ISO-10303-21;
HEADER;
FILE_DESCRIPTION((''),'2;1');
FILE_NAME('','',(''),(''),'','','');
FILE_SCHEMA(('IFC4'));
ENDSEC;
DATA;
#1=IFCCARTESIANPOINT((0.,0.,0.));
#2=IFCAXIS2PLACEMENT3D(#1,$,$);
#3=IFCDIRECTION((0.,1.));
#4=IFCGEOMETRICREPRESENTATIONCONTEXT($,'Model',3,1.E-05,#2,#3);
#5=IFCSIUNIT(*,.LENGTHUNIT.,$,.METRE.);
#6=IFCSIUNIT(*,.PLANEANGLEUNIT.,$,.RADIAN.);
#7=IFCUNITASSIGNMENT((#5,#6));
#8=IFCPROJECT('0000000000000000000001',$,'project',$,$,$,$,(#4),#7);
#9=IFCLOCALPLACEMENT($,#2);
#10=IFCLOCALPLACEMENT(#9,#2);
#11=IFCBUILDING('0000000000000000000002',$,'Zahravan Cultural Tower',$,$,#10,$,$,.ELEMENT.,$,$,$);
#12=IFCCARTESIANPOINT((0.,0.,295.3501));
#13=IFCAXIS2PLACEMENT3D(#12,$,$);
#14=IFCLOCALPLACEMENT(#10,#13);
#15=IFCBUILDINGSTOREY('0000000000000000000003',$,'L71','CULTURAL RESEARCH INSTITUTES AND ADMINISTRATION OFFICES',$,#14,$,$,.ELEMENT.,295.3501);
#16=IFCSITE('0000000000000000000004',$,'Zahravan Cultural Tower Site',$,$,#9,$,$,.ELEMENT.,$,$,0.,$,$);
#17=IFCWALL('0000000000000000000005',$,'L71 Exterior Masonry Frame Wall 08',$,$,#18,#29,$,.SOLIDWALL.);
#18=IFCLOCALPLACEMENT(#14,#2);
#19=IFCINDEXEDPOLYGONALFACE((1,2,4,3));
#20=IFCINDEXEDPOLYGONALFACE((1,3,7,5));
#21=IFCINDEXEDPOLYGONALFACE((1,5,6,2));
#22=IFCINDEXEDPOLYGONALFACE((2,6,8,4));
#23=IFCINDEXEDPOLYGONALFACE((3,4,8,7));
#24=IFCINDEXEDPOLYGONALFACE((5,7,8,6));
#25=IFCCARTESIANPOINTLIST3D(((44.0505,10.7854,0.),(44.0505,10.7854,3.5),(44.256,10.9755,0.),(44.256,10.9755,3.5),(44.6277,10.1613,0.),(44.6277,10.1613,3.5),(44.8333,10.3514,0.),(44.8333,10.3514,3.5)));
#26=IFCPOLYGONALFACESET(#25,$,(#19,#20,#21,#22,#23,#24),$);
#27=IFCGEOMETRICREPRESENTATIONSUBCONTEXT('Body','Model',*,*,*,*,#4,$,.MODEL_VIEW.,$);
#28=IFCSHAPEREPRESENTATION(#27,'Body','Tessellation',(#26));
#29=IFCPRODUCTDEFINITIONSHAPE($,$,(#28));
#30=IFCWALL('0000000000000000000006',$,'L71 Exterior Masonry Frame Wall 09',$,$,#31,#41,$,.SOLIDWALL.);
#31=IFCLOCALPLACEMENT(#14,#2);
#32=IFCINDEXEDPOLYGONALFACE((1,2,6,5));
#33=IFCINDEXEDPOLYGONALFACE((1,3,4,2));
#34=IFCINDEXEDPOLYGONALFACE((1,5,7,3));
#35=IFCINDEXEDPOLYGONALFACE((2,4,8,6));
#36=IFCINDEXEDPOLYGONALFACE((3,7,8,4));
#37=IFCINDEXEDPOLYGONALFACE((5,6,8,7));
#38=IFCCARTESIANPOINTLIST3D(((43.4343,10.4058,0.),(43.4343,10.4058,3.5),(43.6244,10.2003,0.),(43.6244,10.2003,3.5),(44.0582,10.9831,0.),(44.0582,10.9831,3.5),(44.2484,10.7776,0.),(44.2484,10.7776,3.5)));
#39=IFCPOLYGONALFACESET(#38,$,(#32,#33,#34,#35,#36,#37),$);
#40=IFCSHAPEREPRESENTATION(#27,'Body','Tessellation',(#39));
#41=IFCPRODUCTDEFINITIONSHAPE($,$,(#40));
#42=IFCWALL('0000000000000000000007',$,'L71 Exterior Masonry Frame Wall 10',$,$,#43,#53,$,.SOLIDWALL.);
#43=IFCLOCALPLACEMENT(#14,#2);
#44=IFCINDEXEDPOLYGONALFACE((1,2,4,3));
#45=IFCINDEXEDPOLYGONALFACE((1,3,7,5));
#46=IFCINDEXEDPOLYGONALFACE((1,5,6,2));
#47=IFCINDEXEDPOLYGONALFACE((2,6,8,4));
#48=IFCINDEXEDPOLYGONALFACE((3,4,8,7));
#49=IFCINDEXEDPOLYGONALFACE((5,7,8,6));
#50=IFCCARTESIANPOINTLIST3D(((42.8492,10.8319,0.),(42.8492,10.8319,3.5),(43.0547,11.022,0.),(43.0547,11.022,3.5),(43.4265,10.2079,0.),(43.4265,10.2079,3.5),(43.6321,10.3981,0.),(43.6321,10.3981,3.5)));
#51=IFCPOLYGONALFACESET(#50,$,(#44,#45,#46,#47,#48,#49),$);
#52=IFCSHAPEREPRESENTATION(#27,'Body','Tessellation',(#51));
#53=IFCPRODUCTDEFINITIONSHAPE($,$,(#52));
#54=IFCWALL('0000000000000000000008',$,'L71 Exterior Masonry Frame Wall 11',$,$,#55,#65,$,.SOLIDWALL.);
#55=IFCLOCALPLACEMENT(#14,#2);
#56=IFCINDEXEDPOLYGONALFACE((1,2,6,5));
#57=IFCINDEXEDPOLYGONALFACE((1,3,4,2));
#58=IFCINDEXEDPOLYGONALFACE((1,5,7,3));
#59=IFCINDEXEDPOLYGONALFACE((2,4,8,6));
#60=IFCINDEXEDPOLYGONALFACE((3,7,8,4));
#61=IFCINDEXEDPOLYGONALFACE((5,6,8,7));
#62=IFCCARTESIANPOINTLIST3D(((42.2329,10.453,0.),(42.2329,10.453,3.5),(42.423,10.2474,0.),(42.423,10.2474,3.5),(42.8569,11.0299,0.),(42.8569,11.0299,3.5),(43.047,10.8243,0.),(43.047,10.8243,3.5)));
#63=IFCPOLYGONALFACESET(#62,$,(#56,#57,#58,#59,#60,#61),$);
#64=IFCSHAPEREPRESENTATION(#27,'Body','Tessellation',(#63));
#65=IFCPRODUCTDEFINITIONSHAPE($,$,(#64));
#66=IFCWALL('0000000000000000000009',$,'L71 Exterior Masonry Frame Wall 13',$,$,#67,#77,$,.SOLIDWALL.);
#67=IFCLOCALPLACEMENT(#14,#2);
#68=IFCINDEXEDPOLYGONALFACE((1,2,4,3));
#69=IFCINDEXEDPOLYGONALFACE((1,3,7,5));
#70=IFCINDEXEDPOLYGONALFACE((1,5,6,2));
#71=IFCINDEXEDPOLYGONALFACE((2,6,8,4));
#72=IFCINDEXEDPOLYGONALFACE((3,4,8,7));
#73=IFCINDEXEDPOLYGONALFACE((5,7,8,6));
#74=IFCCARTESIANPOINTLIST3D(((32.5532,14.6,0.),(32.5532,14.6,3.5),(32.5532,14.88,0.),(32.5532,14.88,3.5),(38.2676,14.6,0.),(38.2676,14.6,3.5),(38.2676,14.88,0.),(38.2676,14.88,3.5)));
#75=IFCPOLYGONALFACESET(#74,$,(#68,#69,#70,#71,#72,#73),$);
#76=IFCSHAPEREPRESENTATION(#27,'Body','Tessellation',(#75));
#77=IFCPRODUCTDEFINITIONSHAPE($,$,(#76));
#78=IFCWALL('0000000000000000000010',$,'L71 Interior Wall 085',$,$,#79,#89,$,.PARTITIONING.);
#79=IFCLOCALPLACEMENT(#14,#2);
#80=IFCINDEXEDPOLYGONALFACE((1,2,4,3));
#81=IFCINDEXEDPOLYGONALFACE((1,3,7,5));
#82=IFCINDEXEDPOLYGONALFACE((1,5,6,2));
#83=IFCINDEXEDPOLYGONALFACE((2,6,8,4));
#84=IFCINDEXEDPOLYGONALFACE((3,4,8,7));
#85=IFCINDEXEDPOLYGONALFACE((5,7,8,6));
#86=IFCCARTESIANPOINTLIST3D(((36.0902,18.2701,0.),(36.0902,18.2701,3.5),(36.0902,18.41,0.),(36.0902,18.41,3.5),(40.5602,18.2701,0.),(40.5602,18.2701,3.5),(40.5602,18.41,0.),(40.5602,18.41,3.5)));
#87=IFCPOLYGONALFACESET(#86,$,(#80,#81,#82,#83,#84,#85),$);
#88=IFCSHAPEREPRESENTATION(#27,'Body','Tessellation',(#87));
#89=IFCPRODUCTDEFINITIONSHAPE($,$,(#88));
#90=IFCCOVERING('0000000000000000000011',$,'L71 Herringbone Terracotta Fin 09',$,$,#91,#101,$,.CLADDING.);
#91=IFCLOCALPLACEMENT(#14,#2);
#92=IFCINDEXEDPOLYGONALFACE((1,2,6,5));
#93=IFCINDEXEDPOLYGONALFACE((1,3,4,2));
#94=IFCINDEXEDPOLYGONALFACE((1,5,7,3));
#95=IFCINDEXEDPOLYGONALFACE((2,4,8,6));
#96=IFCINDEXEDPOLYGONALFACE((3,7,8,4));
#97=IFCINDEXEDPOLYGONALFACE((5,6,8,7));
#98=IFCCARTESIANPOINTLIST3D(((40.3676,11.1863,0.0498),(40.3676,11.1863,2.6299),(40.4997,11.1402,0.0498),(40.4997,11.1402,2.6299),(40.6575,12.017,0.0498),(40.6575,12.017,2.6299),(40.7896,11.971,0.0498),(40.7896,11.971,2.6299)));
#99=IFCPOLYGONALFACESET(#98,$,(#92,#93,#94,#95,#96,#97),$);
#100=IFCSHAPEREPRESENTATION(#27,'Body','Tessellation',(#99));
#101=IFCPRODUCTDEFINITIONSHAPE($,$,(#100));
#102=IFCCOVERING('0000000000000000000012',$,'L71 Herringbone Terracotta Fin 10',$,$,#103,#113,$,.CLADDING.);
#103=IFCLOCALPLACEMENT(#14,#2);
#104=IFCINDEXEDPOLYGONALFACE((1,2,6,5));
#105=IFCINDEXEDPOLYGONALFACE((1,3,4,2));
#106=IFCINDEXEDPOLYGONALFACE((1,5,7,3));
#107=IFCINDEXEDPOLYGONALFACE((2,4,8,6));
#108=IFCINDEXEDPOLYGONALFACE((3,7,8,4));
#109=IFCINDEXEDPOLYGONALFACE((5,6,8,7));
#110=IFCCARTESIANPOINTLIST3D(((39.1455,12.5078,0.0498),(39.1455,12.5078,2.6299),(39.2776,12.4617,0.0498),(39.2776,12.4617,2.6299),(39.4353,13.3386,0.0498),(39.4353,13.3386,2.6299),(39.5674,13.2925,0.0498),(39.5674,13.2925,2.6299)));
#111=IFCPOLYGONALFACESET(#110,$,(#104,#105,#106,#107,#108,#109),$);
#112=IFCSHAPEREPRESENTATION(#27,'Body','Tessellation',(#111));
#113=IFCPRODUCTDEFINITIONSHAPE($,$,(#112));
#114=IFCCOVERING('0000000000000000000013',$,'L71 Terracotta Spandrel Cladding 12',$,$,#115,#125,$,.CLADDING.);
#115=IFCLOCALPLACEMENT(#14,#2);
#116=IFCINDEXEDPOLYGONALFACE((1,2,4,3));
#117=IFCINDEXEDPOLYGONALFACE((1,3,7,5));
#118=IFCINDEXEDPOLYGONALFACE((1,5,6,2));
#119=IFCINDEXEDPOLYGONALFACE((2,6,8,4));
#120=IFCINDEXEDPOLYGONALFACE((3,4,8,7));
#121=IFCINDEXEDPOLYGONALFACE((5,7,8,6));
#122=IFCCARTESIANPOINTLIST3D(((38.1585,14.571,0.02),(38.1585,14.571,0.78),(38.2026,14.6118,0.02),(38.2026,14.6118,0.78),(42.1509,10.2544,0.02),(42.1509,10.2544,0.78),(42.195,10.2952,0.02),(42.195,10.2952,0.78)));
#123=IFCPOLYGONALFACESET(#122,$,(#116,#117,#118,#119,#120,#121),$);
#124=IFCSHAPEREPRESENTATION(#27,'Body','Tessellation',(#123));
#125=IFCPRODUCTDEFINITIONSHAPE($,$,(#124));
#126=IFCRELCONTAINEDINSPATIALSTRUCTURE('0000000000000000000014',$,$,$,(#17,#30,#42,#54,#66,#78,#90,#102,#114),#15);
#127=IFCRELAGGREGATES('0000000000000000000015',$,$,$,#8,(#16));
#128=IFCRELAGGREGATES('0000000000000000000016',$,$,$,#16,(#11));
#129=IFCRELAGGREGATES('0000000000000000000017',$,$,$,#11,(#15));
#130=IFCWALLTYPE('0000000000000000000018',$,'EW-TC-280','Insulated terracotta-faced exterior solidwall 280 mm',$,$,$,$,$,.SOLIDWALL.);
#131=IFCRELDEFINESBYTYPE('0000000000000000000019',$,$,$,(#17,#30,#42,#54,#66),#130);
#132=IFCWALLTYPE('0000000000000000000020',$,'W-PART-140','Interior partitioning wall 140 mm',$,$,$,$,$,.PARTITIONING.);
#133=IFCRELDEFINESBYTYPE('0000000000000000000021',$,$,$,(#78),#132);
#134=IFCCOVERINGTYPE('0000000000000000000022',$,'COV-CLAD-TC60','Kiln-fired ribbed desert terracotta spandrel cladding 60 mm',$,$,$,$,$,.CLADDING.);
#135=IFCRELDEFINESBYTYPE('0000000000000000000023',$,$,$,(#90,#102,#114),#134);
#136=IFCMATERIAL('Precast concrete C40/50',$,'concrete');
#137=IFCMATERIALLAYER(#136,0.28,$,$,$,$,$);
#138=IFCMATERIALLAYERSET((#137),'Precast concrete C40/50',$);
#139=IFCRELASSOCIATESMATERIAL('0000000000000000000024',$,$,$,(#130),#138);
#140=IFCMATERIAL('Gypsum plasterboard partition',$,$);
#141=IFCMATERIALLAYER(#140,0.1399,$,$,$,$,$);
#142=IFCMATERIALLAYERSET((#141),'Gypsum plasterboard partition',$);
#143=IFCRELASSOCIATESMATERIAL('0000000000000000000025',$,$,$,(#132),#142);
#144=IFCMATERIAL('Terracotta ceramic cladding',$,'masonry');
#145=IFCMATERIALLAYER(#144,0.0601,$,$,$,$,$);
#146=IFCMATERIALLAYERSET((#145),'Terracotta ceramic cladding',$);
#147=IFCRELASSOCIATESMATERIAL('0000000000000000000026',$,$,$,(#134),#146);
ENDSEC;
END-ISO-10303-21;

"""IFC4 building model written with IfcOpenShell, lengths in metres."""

from ifc_helpers import new_model, si_unit, direction, frame, frame_2d, origin, origin_2d, place, context, subcontext, project, spatial, rectangle, extrude, source, transform, mapped, material, layer, layer_set, type_object, element, save


model = new_model("IFC4")

# Units and contexts
model_context = context("Model", 3, precision=1e-05, world=origin(), true_north=direction((0.0, 1.0)))
body_context = subcontext(model_context, "Body", "Model", "MODEL_VIEW")
ifc_project = project(units=[si_unit("LENGTHUNIT", "METRE"), si_unit("PLANEANGLEUNIT", "RADIAN")], contexts=[model_context])

# Site, building, storey
site_placement = place(None, origin())
site = spatial("IfcSite", under=ifc_project, at=site_placement, Name="Zahravan Cultural Tower Site", CompositionType="ELEMENT", RefElevation=0.0)
building_placement = place(site_placement, origin())
building = spatial("IfcBuilding", under=site, at=building_placement, Name="Zahravan Cultural Tower", CompositionType="ELEMENT")
storey_placement = place(building_placement, frame((0.0, 0.0, 295.3501)))
storey = spatial("IfcBuildingStorey", under=building, at=storey_placement, Name="L71", Description="CULTURAL RESEARCH INSTITUTES AND ADMINISTRATION OFFICES", CompositionType="ELEMENT", Elevation=295.3501)

# Shared definitions
ifc_material_1 = material(Name="Precast concrete C40/50", Category="concrete")
ifc_layer_1 = layer(ifc_material_1, 0.28)
ifc_layer_set_1 = layer_set([ifc_layer_1], Name="Precast concrete C40/50")
wall_type_1 = type_object("IfcWallType", Name="EW-TC-280", Description="Insulated terracotta-faced exterior solidwall 280 mm", PredefinedType="SOLIDWALL", material=ifc_layer_set_1)

# Walls
shared_shape_1 = source(origin(), body_context, "Body", "SweptSolid", [
    extrude(rectangle(XDim=0.8501, YDim=0.28, at=frame_2d((0.425, 0.0))), origin(), (0.0, 0.0, 1.0), 3.5),
])
for number, where, z_axis, x_axis, name in (
    (1, (44.7305, 10.2563, 0.0), (0.0, 0.0, 1.0), (-0.678996, 0.734142, 0.0), "L71 Exterior Masonry Frame Wall 08"),
    (2, (44.1533, 10.8804, 0.0), (0.0, 0.0, 1.0), (-0.733999, -0.67915, 0.0), "L71 Exterior Masonry Frame Wall 09"),
    (3, (43.5293, 10.303, 0.0), (0.0, 0.0, 1.0), (-0.67915, 0.733999, 0.0), "L71 Exterior Masonry Frame Wall 10"),
):
    element("IfcWall", number, at=place(storey_placement, frame(where, z_axis=z_axis, x_axis=x_axis)), inside=storey, type_object=wall_type_1, Name=name, PredefinedType="SOLIDWALL", context=body_context, shape_type="MappedRepresentation", body=[
        mapped(shared_shape_1, transform((0.0, 0.0, 0.0), x_axis=(1.0, 0.0, 0.0), y_axis=(0.0, 1.0, 0.0), z_axis=(0.0, 0.0, 1.0), scale=1.0)),
    ])
shared_shape_2 = source(origin(), body_context, "Body", "SweptSolid", [
    extrude(rectangle(XDim=0.8499, YDim=0.28, at=frame_2d((0.4248, 0.0))), origin(), (0.0, 0.0, 1.0), 3.5),
])
wall_1_placement = place(storey_placement, frame((42.9519, 10.927, 0.0), z_axis=(0.0, 0.0, 1.0), x_axis=(-0.734286, -0.678841, 0.0)))
element("IfcWall", 4, at=wall_1_placement, inside=storey, type_object=wall_type_1, Name="L71 Exterior Masonry Frame Wall 11", PredefinedType="SOLIDWALL", context=body_context, shape_type="MappedRepresentation", body=[
    mapped(shared_shape_2, transform((0.0, 0.0, 0.0), x_axis=(1.0, 0.0, 0.0), y_axis=(0.0, 1.0, 0.0), z_axis=(0.0, 0.0, 1.0), scale=1.0)),
])
shared_shape_3 = source(origin(), body_context, "Body", "SweptSolid", [
    extrude(rectangle(XDim=5.7144, YDim=0.28, at=frame_2d((2.8572, 0.0))), origin(), (0.0, 0.0, 1.0), 3.5),
])
wall_2_placement = place(storey_placement, frame((38.2676, 14.74, 0.0), z_axis=(0.0, 0.0, 1.0), x_axis=(-1.0, 0.0, 0.0)))
element("IfcWall", 5, at=wall_2_placement, inside=storey, type_object=wall_type_1, Name="L71 Exterior Masonry Frame Wall 13", PredefinedType="SOLIDWALL", context=body_context, shape_type="MappedRepresentation", body=[
    mapped(shared_shape_3, transform((0.0, 0.0, 0.0), x_axis=(1.0, 0.0, 0.0), y_axis=(0.0, 1.0, 0.0), z_axis=(0.0, 0.0, 1.0), scale=1.0)),
])
ifc_material_2 = material(Name="Gypsum plasterboard partition")
ifc_layer_2 = layer(ifc_material_2, 0.1399)
ifc_layer_set_2 = layer_set([ifc_layer_2], Name="Gypsum plasterboard partition")
wall_type_2 = type_object("IfcWallType", Name="W-PART-140", Description="Interior partitioning wall 140 mm", PredefinedType="PARTITIONING", material=ifc_layer_set_2)
shared_shape_4 = source(origin(), body_context, "Body", "SweptSolid", [
    extrude(rectangle(XDim=4.47, YDim=0.1399, at=frame_2d((2.2349, 0.0))), origin(), (0.0, 0.0, 1.0), 3.5),
])
wall_3_placement = place(storey_placement, frame((40.5601, 18.3401, 0.0), z_axis=(0.0, 0.0, 1.0), x_axis=(-1.0, 0.0, 0.0)))
element("IfcWall", 6, at=wall_3_placement, inside=storey, type_object=wall_type_2, Name="L71 Interior Wall 085", PredefinedType="PARTITIONING", context=body_context, shape_type="MappedRepresentation", body=[
    mapped(shared_shape_4, transform((0.0, 0.0, 0.0), x_axis=(1.0, 0.0, 0.0), y_axis=(0.0, 1.0, 0.0), z_axis=(0.0, 0.0, 1.0), scale=1.0)),
])

# Coverings
ifc_material_3 = material(Name="Terracotta ceramic cladding", Category="masonry")
ifc_layer_3 = layer(ifc_material_3, 0.0601)
ifc_layer_set_3 = layer_set([ifc_layer_3], Name="Terracotta ceramic cladding")
covering_type = type_object("IfcCoveringType", Name="COV-CLAD-TC60", Description="Kiln-fired ribbed desert terracotta spandrel cladding 60 mm", PredefinedType="CLADDING", material=ifc_layer_set_3)
shared_shape_5 = source(origin(), body_context, "Body", "SweptSolid", [
    extrude(rectangle(XDim=0.8799, YDim=0.1399, at=origin_2d()), origin(), (0.0, 0.0, 1.0), 2.5801),
])
for number, where, z_axis, x_axis, name in (
    (7, (40.5786, 11.5786, 0.0498), (0.0, 0.0, 1.0), (-0.329427, -0.944181, 0.0), "L71 Herringbone Terracotta Fin 09"),
    (8, (39.3564, 12.9001, 0.0498), (0.0, 0.0, 1.0), (-0.329427, -0.944181, 0.0), "L71 Herringbone Terracotta Fin 10"),
):
    element("IfcCovering", number, at=place(storey_placement, frame(where, z_axis=z_axis, x_axis=x_axis)), inside=storey, type_object=covering_type, Name=name, PredefinedType="CLADDING", context=body_context, shape_type="MappedRepresentation", body=[
        mapped(shared_shape_5, transform((0.0, 0.0, 0.0), x_axis=(1.0, 0.0, 0.0), y_axis=(0.0, 1.0, 0.0), z_axis=(0.0, 0.0, 1.0), scale=1.0)),
    ])
shared_shape_6 = source(origin(), body_context, "Body", "SweptSolid", [
    extrude(rectangle(XDim=5.8799, YDim=0.0601, at=origin_2d()), origin(), (0.0, 0.0, 1.0), 0.76),
])
covering_placement = place(storey_placement, frame((40.1768, 12.4331, 0.02), z_axis=(0.0, 0.0, 1.0), x_axis=(-0.679006, 0.734133, 0.0)))
element("IfcCovering", 9, at=covering_placement, inside=storey, type_object=covering_type, Name="L71 Terracotta Spandrel Cladding 12", PredefinedType="CLADDING", context=body_context, shape_type="MappedRepresentation", body=[
    mapped(shared_shape_6, transform((0.0, 0.0, 0.0), x_axis=(1.0, 0.0, 0.0), y_axis=(0.0, 1.0, 0.0), z_axis=(0.0, 0.0, 1.0), scale=1.0)),
])

save(model, "model.ifc")
